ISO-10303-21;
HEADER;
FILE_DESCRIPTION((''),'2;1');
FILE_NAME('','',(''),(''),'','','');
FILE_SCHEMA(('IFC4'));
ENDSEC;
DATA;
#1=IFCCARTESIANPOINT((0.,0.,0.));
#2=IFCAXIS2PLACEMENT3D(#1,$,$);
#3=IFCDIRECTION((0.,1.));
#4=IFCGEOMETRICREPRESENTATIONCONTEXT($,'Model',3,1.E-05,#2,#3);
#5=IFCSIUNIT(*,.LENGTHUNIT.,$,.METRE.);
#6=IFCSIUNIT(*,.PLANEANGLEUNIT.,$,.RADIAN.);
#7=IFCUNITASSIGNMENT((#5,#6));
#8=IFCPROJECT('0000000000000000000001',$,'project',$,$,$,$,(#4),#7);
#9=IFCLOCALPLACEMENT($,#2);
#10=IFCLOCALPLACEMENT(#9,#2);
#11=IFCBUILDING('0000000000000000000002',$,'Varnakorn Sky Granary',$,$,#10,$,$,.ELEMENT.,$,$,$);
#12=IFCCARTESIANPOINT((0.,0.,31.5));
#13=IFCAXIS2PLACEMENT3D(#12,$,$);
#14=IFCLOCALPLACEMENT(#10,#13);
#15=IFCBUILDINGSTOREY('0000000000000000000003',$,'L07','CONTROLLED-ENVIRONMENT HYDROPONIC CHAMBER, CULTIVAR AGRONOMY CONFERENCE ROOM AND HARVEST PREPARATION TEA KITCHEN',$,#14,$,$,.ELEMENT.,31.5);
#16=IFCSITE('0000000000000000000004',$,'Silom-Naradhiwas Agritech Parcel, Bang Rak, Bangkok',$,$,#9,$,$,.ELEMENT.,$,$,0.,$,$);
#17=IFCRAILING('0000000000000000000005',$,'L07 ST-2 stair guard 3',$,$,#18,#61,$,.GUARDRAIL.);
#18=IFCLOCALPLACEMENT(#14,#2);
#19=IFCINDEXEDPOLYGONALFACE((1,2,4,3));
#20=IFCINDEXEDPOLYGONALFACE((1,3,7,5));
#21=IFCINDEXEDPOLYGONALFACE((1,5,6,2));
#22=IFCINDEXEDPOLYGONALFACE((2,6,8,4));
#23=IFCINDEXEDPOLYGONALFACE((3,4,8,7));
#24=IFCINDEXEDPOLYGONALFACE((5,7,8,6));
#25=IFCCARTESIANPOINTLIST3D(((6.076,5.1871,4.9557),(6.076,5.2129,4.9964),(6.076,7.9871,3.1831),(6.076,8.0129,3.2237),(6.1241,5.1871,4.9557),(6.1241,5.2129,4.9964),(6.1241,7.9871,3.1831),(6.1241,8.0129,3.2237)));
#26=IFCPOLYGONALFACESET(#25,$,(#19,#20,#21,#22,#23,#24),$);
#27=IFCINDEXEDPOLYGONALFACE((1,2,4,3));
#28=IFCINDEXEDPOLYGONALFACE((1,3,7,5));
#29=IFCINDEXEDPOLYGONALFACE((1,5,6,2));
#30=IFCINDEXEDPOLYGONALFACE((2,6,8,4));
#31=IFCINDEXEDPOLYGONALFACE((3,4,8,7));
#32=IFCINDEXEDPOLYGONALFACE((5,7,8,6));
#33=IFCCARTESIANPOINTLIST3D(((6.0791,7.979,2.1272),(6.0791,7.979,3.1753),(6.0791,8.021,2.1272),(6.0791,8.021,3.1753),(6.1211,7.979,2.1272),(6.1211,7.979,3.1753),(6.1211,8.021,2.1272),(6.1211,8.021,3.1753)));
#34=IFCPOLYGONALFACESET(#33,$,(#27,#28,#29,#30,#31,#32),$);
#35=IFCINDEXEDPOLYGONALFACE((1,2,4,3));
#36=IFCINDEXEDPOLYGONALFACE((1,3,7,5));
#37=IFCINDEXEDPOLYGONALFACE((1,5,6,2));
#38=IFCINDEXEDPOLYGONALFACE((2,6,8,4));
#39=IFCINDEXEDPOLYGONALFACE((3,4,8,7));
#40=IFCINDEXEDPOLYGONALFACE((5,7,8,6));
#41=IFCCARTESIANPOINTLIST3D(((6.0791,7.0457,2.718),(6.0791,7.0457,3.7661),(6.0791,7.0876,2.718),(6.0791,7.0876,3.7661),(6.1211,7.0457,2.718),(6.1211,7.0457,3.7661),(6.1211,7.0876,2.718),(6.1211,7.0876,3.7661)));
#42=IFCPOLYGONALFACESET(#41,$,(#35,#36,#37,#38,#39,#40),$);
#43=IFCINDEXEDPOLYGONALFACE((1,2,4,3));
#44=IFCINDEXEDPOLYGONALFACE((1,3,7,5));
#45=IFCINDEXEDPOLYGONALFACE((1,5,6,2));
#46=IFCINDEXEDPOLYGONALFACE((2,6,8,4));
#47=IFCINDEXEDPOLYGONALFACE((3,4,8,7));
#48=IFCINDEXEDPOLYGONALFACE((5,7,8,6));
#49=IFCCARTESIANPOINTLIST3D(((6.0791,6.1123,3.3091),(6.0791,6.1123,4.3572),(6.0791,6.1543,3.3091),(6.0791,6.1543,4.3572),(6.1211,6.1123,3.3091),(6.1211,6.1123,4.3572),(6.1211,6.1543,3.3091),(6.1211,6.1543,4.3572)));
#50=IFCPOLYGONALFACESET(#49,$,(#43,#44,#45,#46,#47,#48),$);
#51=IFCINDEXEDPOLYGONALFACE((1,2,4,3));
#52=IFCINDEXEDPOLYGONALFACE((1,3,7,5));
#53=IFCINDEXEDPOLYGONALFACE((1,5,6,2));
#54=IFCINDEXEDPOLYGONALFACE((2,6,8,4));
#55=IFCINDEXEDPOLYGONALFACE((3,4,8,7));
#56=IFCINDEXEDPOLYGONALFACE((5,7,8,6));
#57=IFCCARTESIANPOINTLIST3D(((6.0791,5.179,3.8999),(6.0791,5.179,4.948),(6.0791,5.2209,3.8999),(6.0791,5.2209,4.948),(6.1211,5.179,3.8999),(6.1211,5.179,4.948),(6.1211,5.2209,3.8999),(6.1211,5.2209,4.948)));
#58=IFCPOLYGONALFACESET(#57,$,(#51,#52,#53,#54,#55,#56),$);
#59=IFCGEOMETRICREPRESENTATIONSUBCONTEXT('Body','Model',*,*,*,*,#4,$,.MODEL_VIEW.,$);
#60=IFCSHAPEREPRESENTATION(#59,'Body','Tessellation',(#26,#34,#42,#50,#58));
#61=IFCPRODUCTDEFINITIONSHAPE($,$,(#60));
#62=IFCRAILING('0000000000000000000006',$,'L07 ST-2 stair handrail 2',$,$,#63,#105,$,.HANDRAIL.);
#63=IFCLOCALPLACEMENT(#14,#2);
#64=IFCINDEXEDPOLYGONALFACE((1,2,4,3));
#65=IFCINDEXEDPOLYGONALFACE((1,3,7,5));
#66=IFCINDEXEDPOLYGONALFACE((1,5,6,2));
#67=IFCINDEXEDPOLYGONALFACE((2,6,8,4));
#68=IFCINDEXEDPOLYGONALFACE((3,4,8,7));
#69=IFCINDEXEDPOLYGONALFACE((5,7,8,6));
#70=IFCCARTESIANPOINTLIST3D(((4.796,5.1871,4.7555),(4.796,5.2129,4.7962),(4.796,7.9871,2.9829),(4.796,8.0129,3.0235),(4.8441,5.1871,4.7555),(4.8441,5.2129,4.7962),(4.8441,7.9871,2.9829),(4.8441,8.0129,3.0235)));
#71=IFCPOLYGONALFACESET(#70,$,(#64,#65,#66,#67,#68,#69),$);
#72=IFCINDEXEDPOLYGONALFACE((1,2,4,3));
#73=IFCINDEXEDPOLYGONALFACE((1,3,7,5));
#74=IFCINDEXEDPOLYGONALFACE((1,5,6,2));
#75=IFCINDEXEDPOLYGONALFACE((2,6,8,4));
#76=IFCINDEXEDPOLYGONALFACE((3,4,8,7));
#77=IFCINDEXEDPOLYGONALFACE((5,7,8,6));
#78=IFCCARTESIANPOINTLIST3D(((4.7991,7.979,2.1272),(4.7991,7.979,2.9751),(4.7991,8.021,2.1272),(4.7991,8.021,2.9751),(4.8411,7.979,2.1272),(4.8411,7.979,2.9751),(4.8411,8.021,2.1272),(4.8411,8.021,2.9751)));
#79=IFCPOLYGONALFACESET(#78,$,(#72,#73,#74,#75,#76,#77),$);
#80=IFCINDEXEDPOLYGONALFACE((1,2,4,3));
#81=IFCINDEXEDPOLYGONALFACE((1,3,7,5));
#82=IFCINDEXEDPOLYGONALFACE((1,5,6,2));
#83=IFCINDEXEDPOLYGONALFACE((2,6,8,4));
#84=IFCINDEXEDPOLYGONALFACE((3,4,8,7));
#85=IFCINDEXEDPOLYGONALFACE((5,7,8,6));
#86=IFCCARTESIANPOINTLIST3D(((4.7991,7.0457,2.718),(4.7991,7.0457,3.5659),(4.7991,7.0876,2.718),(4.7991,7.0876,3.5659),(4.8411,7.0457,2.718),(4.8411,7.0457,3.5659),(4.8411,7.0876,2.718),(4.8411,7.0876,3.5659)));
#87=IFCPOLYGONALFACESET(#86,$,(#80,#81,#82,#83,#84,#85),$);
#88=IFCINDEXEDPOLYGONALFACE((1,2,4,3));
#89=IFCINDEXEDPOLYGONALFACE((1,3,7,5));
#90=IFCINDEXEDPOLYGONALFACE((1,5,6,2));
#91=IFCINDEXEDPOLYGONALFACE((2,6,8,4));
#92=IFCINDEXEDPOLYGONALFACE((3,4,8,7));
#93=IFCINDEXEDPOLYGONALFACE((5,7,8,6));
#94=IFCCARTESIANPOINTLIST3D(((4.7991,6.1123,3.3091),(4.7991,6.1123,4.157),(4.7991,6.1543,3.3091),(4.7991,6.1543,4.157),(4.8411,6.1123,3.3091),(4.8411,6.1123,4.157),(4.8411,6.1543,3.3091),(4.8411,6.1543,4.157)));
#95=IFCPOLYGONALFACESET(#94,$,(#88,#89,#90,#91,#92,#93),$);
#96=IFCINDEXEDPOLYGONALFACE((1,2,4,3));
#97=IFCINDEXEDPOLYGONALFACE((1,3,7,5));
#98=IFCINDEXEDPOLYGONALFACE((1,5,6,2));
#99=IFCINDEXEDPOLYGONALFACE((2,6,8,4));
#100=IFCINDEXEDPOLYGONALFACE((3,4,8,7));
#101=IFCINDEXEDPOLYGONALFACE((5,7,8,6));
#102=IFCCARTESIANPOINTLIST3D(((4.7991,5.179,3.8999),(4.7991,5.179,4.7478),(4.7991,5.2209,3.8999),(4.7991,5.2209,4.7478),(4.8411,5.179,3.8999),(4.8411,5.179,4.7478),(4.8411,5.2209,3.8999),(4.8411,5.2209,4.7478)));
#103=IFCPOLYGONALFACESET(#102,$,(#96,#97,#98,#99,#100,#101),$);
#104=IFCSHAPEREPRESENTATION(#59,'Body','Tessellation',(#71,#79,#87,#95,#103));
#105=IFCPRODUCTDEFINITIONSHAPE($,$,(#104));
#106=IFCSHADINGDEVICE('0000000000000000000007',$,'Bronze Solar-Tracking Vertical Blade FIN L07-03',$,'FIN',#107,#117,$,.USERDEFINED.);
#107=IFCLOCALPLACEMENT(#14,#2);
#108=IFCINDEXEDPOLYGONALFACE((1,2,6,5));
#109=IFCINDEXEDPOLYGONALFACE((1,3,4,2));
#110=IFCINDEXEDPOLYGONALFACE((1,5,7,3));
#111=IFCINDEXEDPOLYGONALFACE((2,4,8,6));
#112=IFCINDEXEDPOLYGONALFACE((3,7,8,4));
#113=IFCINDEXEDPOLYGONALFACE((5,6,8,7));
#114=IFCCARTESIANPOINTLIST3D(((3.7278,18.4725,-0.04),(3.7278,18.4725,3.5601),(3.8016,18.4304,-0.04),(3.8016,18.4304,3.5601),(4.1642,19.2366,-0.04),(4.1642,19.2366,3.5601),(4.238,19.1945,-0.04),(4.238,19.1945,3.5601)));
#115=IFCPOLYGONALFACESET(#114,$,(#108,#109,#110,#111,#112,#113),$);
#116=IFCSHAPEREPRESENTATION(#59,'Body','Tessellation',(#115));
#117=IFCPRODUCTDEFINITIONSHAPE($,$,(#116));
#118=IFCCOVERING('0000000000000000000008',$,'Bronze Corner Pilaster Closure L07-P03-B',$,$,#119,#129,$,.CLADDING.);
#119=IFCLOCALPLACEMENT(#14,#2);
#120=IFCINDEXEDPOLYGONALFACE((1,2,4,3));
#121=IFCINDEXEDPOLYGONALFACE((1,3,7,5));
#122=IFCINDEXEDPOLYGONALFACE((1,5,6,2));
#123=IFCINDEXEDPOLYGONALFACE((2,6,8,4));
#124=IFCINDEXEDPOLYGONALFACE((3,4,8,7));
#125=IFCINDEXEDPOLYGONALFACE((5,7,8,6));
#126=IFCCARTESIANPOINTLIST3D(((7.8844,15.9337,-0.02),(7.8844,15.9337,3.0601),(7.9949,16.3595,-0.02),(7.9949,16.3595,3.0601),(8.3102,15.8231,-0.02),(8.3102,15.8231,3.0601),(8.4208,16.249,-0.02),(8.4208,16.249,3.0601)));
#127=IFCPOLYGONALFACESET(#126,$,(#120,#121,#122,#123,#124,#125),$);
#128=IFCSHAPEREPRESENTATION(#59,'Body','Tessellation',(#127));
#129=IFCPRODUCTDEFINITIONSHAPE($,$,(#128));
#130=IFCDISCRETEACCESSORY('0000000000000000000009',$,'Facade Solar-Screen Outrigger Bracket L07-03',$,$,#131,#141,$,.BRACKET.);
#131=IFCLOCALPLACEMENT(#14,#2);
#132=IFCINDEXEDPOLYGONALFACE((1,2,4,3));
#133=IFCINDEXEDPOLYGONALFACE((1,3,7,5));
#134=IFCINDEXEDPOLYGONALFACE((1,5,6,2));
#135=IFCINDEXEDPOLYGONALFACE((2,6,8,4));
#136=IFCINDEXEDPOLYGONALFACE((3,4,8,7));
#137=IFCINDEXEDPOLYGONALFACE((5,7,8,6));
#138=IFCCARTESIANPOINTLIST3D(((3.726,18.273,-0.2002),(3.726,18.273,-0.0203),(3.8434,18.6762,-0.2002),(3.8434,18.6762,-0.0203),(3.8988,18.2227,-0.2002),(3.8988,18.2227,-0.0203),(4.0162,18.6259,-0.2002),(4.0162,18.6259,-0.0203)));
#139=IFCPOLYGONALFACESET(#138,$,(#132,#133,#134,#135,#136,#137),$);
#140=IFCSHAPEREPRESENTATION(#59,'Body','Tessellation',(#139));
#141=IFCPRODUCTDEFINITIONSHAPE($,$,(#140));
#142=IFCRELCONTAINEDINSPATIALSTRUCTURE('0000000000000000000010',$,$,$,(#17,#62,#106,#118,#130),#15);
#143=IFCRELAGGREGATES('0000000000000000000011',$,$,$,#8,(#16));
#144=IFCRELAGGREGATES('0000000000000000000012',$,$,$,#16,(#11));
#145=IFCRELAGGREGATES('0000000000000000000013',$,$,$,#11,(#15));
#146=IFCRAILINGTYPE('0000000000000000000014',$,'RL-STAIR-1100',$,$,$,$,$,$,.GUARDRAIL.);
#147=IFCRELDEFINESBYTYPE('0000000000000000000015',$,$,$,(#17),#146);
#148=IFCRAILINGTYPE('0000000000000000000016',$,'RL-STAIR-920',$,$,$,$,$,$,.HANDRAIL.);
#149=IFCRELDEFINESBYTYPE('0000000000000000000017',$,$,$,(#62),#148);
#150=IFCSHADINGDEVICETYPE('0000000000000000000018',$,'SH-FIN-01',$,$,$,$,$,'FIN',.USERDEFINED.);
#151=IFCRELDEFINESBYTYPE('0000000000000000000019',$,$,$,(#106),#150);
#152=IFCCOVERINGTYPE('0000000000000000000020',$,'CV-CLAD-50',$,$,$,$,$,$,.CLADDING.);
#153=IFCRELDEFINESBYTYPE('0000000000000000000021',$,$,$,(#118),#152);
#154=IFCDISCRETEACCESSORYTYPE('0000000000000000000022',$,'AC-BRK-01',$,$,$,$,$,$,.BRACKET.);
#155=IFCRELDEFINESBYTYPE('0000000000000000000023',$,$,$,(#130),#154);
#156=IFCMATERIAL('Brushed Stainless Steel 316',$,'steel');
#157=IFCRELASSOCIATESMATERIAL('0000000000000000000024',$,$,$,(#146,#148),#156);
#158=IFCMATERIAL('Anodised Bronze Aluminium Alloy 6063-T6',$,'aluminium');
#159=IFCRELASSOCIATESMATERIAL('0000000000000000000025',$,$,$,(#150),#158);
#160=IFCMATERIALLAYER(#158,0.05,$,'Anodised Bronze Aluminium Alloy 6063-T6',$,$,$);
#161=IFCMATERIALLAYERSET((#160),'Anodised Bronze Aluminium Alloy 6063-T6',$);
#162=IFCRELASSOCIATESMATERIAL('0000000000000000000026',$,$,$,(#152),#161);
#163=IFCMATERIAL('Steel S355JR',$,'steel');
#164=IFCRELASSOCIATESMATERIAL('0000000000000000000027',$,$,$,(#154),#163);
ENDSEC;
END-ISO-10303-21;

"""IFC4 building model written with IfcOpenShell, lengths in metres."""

from ifc_helpers import new_model, si_unit, direction, frame, origin, origin_2d, place, context, subcontext, project, spatial, rectangle, extrude, source, transform, mapped, material, layer, layer_set, type_object, type_shapes, element, save


model = new_model("IFC4")

# Units and contexts
model_context = context("Model", 3, precision=1e-05, world=origin(), true_north=direction((0.0, 1.0)))
body_context = subcontext(model_context, "Body", "Model", "MODEL_VIEW")
ifc_project = project(units=[si_unit("LENGTHUNIT", "METRE"), si_unit("PLANEANGLEUNIT", "RADIAN")], contexts=[model_context])

# Site, building, storey
site_placement = place(None, origin())
site = spatial("IfcSite", under=ifc_project, at=site_placement, Name="Silom-Naradhiwas Agritech Parcel, Bang Rak, Bangkok", CompositionType="ELEMENT", RefElevation=0.0)
building_placement = place(site_placement, origin())
building = spatial("IfcBuilding", under=site, at=building_placement, Name="Varnakorn Sky Granary", CompositionType="ELEMENT")
storey_placement = place(building_placement, frame((0.0, 0.0, 31.5)))
storey = spatial("IfcBuildingStorey", under=building, at=storey_placement, Name="L07", Description="CONTROLLED-ENVIRONMENT HYDROPONIC CHAMBER, CULTIVAR AGRONOMY CONFERENCE ROOM AND HARVEST PREPARATION TEA KITCHEN", CompositionType="ELEMENT", Elevation=31.5)

# Shared definitions
ifc_material_1 = material(Name="Steel S355JR", Category="steel")

# Railings
ifc_material_2 = material(Name="Brushed Stainless Steel 316", Category="steel")
railing_type_1 = type_object("IfcRailingType", Name="RL-STAIR-1100", PredefinedType="GUARDRAIL", material=ifc_material_2)
railing_1_placement = place(storey_placement, frame((6.1001, 8.0, 2.1272)))
element("IfcRailing", 1, at=railing_1_placement, inside=storey, type_object=railing_type_1, Name="L07 ST-2 stair guard 3", PredefinedType="GUARDRAIL", context=body_context, shape_type="SweptSolid", body=[
    extrude(rectangle(XDim=0.0481, YDim=0.0481, at=origin_2d()), frame((0.0, 0.0, 1.0762), z_axis=(0.0, -0.844909, 0.53491), x_axis=(1.0, 0.0, 0.0)), (0.0, 0.0, 1.0), 3.314),
    extrude(rectangle(XDim=0.042, YDim=0.042, at=origin_2d()), origin(), (0.0, 0.0, 1.0), 1.0481),
    extrude(rectangle(XDim=0.042, YDim=0.042, at=origin_2d()), frame((0.0, -0.9333, 0.5908)), (0.0, 0.0, 1.0), 1.0481),
    extrude(rectangle(XDim=0.042, YDim=0.042, at=origin_2d()), frame((0.0, -1.8667, 1.1819)), (0.0, 0.0, 1.0), 1.0481),
    extrude(rectangle(XDim=0.042, YDim=0.042, at=origin_2d()), frame((0.0, -2.8, 1.7727)), (0.0, 0.0, 1.0), 1.0481),
])
railing_type_2 = type_object("IfcRailingType", Name="RL-STAIR-920", PredefinedType="HANDRAIL", material=ifc_material_2)
railing_2_placement = place(storey_placement, frame((4.8201, 8.0, 2.1272)))
element("IfcRailing", 2, at=railing_2_placement, inside=storey, type_object=railing_type_2, Name="L07 ST-2 stair handrail 2", PredefinedType="HANDRAIL", context=body_context, shape_type="SweptSolid", body=[
    extrude(rectangle(XDim=0.0481, YDim=0.0481, at=origin_2d()), frame((0.0, 0.0, 0.876), z_axis=(0.0, -0.844909, 0.53491), x_axis=(1.0, 0.0, 0.0)), (0.0, 0.0, 1.0), 3.314),
    extrude(rectangle(XDim=0.042, YDim=0.042, at=origin_2d()), origin(), (0.0, 0.0, 1.0), 0.8479),
    extrude(rectangle(XDim=0.042, YDim=0.042, at=origin_2d()), frame((0.0, -0.9333, 0.5908)), (0.0, 0.0, 1.0), 0.8479),
    extrude(rectangle(XDim=0.042, YDim=0.042, at=origin_2d()), frame((0.0, -1.8667, 1.1819)), (0.0, 0.0, 1.0), 0.8479),
    extrude(rectangle(XDim=0.042, YDim=0.042, at=origin_2d()), frame((0.0, -2.8, 1.7727)), (0.0, 0.0, 1.0), 0.8479),
])

# Shading device
ifc_material_3 = material(Name="Anodised Bronze Aluminium Alloy 6063-T6", Category="aluminium")
shading_device_type = type_object("IfcShadingDeviceType", Name="SH-FIN-01", ElementType="FIN", PredefinedType="USERDEFINED", material=ifc_material_3)
shared_shape_1 = source(origin(), body_context, "Body", "SweptSolid", [
    extrude(rectangle(XDim=0.085, YDim=0.8799, at=origin_2d()), origin(), (0.0, 0.0, 1.0), 3.6001),
])
type_shapes(shading_device_type, [shared_shape_1])
shading_device_placement = place(storey_placement, frame((3.9829, 18.8335, -0.04), z_axis=(0.0, 0.0, 1.0), x_axis=(-0.868359, 0.495936, 0.0)))
element("IfcShadingDevice", 3, at=shading_device_placement, inside=storey, type_object=shading_device_type, Name="Bronze Solar-Tracking Vertical Blade FIN L07-03", ObjectType="FIN", PredefinedType="USERDEFINED", context=body_context, shape_type="MappedRepresentation", body=[
    mapped(shared_shape_1, transform((0.0, 0.0, 0.0), x_axis=(1.0, 0.0, 0.0), y_axis=(0.0, 1.0, 0.0), z_axis=(0.0, 0.0, 1.0), scale=1.0)),
])

# Covering
ifc_layer_1 = layer(ifc_material_3, 0.05, Name="Anodised Bronze Aluminium Alloy 6063-T6")
ifc_layer_set_1 = layer_set([ifc_layer_1], Name="Anodised Bronze Aluminium Alloy 6063-T6")
covering_type = type_object("IfcCoveringType", Name="CV-CLAD-50", PredefinedType="CLADDING", material=ifc_layer_set_1)
shared_shape_2 = source(origin(), body_context, "Body", "SweptSolid", [
    extrude(rectangle(XDim=0.4399, YDim=0.4399, at=origin_2d()), origin(), (0.0, 0.0, 1.0), 3.0801),
])
type_shapes(covering_type, [shared_shape_2])
covering_placement = place(storey_placement, frame((8.1526, 16.0913, -0.02), z_axis=(0.0, 0.0, 1.0), x_axis=(0.967929, -0.251225, 0.0)))
element("IfcCovering", 4, at=covering_placement, inside=storey, type_object=covering_type, Name="Bronze Corner Pilaster Closure L07-P03-B", PredefinedType="CLADDING", context=body_context, shape_type="MappedRepresentation", body=[
    mapped(shared_shape_2, transform((0.0, 0.0, 0.0), x_axis=(1.0, 0.0, 0.0), y_axis=(0.0, 1.0, 0.0), z_axis=(0.0, 0.0, 1.0), scale=1.0)),
])

# Discrete accessory
discrete_accessory_type = type_object("IfcDiscreteAccessoryType", Name="AC-BRK-01", PredefinedType="BRACKET", material=ifc_material_1)
shared_shape_3 = source(origin(), body_context, "Body", "SweptSolid", [
    extrude(rectangle(XDim=0.1799, YDim=0.4199, at=origin_2d()), origin(), (0.0, 0.0, 1.0), 0.1799),
])
type_shapes(discrete_accessory_type, [shared_shape_3])
discrete_accessory_placement = place(storey_placement, frame((3.8711, 18.4495, -0.2002), z_axis=(0.0, 0.0, 1.0), x_axis=(-0.960139, 0.279523, 0.0)))
element("IfcDiscreteAccessory", 5, at=discrete_accessory_placement, inside=storey, type_object=discrete_accessory_type, Name="Facade Solar-Screen Outrigger Bracket L07-03", PredefinedType="BRACKET", context=body_context, shape_type="MappedRepresentation", body=[
    mapped(shared_shape_3, transform((0.0, 0.0, 0.0), x_axis=(1.0, 0.0, 0.0), y_axis=(0.0, 1.0, 0.0), z_axis=(0.0, 0.0, 1.0), scale=1.0)),
])

save(model, "model.ifc")
